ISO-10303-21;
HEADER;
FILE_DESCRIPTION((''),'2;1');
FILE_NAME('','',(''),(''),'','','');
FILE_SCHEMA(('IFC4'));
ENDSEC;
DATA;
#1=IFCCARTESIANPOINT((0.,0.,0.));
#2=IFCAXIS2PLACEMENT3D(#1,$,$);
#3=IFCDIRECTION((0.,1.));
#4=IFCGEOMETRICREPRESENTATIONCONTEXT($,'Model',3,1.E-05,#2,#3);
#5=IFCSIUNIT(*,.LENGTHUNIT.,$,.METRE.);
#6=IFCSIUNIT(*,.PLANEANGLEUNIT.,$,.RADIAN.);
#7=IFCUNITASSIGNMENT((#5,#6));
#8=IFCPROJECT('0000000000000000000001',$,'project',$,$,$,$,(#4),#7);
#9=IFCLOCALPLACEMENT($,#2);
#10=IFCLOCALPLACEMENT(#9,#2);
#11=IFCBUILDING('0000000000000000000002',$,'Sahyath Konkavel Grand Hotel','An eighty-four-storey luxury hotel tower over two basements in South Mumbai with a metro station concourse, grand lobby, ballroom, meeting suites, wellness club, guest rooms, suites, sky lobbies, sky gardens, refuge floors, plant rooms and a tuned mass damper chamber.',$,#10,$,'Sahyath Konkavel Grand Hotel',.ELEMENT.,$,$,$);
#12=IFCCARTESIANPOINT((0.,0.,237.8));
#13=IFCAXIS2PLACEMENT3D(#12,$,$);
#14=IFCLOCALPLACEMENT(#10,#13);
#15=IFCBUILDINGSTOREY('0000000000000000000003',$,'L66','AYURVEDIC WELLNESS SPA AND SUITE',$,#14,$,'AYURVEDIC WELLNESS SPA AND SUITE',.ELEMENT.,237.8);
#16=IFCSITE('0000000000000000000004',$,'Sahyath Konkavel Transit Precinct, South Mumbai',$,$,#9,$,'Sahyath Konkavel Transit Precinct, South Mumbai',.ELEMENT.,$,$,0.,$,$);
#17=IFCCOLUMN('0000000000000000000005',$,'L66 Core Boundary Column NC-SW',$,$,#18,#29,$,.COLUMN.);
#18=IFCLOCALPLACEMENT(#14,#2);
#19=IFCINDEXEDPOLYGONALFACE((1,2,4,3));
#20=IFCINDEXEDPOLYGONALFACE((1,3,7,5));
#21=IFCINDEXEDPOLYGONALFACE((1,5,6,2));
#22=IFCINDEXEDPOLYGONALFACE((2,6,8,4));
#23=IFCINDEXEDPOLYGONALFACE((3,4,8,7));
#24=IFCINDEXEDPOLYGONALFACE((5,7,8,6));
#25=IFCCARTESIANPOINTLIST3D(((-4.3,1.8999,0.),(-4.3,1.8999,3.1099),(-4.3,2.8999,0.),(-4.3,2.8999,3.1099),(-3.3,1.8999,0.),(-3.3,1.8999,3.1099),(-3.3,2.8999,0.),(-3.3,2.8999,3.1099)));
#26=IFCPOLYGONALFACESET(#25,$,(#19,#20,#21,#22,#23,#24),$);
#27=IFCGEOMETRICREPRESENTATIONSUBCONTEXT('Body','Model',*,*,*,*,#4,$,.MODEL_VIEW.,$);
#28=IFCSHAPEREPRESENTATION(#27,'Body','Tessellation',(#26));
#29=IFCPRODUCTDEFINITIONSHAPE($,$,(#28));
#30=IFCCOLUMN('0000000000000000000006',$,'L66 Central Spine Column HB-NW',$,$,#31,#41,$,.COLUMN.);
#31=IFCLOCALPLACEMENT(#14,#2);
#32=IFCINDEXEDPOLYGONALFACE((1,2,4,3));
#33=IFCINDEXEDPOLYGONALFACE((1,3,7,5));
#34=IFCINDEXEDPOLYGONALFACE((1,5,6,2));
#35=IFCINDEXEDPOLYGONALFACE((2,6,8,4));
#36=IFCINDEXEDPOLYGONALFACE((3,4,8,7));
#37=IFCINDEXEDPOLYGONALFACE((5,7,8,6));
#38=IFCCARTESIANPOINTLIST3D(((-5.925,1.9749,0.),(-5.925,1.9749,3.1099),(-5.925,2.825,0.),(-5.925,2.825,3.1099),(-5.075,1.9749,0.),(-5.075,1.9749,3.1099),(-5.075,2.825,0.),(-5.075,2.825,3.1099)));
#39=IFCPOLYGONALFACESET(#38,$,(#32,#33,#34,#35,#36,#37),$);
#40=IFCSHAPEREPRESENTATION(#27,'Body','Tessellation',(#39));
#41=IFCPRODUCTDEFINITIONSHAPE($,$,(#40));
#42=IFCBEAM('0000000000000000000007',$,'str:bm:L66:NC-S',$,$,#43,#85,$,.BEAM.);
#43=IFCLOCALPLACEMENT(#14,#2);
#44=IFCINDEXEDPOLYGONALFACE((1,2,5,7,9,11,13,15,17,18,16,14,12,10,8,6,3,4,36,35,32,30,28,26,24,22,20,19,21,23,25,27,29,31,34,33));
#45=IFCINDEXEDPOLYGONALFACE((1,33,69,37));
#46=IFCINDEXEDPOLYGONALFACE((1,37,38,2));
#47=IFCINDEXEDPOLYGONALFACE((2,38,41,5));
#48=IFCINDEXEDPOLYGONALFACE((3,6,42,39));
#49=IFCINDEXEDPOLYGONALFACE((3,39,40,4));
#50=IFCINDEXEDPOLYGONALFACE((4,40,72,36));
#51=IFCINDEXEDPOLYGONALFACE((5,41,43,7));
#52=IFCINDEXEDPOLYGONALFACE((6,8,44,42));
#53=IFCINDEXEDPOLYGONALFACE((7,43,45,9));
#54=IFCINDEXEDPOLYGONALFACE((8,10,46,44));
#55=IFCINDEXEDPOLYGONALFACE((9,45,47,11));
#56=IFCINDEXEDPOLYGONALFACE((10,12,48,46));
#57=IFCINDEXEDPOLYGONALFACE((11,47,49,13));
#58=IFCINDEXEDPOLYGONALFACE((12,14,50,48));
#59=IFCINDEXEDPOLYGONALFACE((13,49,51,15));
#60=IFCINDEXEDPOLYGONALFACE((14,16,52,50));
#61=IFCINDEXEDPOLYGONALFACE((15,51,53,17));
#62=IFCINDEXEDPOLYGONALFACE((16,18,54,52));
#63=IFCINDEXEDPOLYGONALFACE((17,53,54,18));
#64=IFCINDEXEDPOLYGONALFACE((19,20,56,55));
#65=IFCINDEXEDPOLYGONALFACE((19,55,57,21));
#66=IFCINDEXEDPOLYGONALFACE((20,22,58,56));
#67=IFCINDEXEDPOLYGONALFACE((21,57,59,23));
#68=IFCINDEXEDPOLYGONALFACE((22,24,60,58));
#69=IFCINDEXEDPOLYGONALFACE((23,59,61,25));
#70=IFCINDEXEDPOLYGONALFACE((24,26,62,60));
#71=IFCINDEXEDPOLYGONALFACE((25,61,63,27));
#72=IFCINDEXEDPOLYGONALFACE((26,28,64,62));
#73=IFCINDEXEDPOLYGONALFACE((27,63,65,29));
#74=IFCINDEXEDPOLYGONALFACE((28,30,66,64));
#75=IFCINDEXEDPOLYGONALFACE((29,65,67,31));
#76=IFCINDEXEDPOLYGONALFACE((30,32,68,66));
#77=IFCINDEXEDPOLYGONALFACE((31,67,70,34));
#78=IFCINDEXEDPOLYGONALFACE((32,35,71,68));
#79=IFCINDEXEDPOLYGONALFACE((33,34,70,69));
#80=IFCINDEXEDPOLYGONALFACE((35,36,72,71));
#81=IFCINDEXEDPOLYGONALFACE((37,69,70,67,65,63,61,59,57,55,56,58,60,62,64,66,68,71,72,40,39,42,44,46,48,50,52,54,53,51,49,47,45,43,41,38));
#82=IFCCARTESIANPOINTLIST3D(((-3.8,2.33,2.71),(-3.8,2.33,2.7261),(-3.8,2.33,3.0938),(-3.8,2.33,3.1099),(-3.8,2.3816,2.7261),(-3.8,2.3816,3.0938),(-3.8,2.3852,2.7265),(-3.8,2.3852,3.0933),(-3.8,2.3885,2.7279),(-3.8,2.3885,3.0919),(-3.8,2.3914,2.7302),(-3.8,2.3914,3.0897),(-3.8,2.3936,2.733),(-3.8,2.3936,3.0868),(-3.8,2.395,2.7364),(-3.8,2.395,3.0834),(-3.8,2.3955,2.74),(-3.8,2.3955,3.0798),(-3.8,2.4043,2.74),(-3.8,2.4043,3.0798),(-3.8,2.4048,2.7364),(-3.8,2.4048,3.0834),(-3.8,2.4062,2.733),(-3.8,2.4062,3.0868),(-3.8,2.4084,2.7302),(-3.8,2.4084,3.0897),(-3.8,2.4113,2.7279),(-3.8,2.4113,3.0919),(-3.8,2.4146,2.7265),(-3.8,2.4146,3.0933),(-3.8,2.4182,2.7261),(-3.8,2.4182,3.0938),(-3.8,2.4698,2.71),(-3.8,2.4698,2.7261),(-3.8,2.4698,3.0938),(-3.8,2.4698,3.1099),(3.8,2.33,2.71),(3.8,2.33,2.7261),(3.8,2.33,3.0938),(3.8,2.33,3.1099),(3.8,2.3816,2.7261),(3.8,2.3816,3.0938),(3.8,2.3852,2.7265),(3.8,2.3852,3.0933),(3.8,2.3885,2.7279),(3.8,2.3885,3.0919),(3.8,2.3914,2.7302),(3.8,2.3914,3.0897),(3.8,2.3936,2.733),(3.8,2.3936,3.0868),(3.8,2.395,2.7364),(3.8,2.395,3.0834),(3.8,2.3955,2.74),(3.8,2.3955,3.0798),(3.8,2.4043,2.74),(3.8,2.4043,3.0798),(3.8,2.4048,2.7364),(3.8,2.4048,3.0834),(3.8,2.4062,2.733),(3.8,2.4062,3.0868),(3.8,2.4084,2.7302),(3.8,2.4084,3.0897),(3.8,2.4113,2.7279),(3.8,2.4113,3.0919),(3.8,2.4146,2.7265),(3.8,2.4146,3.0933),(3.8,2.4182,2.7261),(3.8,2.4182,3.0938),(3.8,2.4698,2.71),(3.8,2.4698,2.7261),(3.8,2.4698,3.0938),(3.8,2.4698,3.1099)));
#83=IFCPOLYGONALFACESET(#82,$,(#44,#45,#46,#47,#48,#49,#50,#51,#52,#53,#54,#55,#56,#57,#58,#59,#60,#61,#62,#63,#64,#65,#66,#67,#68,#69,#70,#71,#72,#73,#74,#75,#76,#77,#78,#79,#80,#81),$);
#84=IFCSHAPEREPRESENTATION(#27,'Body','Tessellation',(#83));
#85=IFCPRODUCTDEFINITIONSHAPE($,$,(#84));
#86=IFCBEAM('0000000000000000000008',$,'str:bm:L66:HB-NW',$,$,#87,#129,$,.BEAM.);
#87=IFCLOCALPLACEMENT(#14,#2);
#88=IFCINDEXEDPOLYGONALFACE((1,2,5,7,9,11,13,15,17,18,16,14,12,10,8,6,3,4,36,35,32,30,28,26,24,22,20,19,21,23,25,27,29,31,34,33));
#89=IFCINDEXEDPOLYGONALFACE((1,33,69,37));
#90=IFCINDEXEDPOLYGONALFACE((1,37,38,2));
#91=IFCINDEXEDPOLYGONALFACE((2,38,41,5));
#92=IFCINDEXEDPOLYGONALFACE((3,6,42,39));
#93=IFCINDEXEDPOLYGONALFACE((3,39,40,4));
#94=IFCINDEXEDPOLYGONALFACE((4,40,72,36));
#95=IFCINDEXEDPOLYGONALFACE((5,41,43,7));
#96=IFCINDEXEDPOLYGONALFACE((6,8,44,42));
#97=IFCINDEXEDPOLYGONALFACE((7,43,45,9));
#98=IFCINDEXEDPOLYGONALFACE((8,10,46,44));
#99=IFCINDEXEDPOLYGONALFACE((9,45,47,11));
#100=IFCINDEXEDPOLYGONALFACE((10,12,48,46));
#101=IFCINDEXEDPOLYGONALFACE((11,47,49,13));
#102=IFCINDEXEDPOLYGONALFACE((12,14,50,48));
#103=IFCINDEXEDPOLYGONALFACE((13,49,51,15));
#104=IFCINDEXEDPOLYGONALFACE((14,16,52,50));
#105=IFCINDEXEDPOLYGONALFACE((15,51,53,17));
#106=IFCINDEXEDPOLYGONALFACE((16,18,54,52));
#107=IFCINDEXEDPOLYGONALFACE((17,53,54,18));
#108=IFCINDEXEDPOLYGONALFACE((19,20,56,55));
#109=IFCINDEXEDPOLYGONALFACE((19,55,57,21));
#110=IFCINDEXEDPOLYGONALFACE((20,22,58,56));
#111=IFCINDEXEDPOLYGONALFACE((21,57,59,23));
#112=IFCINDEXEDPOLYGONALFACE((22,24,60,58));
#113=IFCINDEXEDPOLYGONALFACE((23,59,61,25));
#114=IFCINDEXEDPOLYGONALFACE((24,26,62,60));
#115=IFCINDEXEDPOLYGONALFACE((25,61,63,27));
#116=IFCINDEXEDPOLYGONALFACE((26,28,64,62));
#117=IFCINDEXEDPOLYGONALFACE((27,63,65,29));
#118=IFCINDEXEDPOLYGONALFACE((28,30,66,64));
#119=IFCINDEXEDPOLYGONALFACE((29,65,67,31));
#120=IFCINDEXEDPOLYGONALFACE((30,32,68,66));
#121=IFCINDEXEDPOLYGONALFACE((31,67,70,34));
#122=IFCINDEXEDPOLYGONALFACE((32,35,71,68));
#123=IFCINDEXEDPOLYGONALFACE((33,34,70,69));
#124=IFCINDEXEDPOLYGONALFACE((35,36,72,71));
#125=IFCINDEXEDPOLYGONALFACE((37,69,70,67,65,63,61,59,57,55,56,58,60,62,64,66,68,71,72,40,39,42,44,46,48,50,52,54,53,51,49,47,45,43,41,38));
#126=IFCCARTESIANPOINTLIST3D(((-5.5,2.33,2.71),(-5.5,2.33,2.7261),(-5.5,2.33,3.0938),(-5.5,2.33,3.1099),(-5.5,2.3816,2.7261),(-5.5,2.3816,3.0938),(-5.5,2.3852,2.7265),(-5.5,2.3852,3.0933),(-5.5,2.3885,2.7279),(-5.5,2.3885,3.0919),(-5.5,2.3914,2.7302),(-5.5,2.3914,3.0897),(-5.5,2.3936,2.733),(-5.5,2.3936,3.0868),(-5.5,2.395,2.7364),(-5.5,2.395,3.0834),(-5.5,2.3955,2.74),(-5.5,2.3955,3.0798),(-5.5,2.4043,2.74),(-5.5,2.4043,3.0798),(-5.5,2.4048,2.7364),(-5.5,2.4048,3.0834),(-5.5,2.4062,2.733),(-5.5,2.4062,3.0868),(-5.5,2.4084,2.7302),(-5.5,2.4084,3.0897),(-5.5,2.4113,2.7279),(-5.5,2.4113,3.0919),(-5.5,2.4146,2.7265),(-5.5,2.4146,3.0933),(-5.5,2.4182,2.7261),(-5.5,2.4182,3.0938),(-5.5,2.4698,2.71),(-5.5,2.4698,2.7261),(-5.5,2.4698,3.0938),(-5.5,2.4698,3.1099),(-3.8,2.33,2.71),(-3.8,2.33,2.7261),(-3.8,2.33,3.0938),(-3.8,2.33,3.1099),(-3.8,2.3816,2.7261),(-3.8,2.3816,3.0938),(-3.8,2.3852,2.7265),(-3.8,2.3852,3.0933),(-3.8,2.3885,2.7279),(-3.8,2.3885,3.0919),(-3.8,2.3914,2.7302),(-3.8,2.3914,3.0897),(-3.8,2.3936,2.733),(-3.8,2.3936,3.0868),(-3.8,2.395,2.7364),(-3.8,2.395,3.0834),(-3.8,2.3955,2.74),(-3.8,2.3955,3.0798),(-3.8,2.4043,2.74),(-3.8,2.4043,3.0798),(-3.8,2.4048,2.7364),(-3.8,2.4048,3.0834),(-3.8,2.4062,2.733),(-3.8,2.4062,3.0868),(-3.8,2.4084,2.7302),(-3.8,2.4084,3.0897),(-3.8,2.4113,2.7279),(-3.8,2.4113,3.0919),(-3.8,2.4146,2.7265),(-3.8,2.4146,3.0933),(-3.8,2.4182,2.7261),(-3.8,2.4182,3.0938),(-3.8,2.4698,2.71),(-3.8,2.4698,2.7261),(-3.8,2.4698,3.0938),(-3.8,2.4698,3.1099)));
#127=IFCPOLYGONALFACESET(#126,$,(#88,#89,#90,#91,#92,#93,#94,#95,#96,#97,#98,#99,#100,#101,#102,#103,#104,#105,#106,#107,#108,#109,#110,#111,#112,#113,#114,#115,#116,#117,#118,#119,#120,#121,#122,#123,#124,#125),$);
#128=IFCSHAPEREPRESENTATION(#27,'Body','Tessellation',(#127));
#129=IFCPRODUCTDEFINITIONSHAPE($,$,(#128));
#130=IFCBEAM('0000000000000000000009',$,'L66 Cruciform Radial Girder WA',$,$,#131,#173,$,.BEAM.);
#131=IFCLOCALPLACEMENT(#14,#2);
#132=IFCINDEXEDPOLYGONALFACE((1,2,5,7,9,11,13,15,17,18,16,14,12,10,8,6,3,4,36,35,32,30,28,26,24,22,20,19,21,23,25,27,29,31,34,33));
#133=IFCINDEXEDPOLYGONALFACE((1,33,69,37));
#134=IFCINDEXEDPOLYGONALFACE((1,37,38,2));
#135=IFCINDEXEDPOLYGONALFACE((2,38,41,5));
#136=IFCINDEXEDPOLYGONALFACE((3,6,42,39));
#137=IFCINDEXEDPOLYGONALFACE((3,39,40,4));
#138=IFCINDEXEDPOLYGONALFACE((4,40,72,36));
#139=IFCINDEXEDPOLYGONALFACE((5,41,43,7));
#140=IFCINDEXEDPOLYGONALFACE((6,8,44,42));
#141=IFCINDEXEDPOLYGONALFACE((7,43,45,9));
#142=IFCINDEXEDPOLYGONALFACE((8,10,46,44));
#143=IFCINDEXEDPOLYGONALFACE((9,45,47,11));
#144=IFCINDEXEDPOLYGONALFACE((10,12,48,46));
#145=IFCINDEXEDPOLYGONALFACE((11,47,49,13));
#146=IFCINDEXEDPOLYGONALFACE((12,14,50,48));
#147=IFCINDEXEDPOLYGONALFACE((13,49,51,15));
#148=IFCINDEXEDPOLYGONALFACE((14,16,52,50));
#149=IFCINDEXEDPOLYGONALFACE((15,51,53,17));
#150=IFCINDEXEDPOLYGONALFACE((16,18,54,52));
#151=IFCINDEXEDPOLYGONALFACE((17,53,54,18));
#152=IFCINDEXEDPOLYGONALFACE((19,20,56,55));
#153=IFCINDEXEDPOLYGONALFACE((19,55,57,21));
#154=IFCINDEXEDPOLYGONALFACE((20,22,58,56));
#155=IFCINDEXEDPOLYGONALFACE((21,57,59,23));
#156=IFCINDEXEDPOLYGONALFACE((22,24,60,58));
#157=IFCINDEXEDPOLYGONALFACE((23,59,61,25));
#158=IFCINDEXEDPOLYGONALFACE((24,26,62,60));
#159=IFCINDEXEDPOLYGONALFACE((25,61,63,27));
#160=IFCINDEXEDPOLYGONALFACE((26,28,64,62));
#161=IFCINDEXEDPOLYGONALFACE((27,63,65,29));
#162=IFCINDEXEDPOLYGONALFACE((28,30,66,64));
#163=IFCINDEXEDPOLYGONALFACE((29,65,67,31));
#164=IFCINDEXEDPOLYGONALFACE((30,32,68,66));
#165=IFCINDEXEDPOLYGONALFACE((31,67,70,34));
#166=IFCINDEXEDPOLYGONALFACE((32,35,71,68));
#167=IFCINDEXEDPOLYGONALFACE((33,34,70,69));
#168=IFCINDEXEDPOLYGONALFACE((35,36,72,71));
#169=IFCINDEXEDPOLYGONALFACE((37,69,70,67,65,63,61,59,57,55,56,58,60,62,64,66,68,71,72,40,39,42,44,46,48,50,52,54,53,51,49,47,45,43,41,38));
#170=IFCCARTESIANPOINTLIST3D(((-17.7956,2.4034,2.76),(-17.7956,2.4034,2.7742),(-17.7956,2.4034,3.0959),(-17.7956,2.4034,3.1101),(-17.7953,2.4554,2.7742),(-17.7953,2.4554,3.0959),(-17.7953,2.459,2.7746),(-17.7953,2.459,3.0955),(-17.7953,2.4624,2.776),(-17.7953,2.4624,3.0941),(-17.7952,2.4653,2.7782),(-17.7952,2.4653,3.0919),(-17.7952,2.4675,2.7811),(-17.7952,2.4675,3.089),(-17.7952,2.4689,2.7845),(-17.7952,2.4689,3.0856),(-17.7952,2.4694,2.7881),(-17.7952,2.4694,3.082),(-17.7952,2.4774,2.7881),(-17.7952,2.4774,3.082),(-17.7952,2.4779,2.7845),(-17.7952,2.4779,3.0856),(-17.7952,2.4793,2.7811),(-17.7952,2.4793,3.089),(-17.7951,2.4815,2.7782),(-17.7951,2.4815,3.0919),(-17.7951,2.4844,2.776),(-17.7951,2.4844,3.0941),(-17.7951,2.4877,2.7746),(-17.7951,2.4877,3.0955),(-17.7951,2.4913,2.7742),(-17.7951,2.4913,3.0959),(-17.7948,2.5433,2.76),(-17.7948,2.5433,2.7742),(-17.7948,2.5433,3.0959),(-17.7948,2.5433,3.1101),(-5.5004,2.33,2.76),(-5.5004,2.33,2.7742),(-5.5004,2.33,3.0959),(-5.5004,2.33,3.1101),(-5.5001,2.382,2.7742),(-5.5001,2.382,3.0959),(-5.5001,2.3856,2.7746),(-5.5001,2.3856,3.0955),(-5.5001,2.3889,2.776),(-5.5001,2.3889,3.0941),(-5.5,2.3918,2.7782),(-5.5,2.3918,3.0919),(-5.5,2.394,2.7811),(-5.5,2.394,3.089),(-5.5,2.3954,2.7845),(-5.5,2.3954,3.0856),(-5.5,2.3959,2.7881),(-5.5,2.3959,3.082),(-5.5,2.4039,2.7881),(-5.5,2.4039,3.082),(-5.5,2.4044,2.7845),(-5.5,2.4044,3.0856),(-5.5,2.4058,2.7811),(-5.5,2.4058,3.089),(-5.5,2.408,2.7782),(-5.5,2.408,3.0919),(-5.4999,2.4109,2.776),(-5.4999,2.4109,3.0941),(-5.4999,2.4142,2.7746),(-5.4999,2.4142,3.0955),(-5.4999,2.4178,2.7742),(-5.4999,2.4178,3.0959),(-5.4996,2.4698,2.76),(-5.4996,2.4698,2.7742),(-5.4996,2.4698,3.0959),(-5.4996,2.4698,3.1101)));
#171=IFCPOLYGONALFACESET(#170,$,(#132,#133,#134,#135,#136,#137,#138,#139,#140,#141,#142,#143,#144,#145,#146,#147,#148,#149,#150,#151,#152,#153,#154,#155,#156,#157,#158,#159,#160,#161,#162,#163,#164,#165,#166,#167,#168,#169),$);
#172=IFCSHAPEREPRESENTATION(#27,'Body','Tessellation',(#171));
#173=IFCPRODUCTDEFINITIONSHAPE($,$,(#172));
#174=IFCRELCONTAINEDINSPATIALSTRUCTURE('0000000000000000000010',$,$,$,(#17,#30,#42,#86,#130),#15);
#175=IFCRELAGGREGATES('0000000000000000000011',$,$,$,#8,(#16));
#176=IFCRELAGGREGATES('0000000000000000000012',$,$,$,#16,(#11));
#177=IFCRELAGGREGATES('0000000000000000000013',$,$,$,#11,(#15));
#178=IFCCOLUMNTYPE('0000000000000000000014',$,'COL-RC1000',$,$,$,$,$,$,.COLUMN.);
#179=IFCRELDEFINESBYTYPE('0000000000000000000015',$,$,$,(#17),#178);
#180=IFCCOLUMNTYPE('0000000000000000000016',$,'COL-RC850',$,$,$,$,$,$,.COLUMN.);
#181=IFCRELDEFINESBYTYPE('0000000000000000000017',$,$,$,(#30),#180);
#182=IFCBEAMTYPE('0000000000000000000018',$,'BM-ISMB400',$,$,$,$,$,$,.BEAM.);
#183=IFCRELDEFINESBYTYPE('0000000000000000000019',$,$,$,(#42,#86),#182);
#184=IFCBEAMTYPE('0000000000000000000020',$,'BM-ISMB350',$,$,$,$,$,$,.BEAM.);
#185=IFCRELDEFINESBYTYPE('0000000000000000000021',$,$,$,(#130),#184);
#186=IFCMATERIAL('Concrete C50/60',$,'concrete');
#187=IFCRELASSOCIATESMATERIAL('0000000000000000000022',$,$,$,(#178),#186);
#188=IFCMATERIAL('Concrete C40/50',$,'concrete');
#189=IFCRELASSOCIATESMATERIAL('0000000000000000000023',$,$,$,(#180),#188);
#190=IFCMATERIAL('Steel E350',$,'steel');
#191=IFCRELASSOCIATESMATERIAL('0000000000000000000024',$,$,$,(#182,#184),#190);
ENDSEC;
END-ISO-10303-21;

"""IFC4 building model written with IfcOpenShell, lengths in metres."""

from ifc_helpers import new_model, si_unit, direction, frame, origin, origin_2d, place, context, subcontext, project, spatial, rectangle, i_section, extrude, source, transform, mapped, material, material_profile, profile_set, type_object, element, save


model = new_model("IFC4")

# Units and contexts
model_context = context("Model", 3, precision=1e-05, world=origin(), true_north=direction((0.0, 1.0)))
body_context = subcontext(model_context, "Body", "Model", "MODEL_VIEW")
ifc_project = project(units=[si_unit("LENGTHUNIT", "METRE"), si_unit("PLANEANGLEUNIT", "RADIAN")], contexts=[model_context])

# Site, building, storey
site_placement = place(None, origin())
site = spatial("IfcSite", under=ifc_project, at=site_placement, Name="Sahyath Konkavel Transit Precinct, South Mumbai", LongName="Sahyath Konkavel Transit Precinct, South Mumbai", CompositionType="ELEMENT", RefElevation=0.0)
building_placement = place(site_placement, origin())
building = spatial("IfcBuilding", under=site, at=building_placement, Name="Sahyath Konkavel Grand Hotel", Description="An eighty-four-storey luxury hotel tower over two basements in South Mumbai with a metro station concourse, grand lobby, ballroom, meeting suites, wellness club, guest rooms, suites, sky lobbies, sky gardens, refuge floors, plant rooms and a tuned mass damper chamber.", LongName="Sahyath Konkavel Grand Hotel", CompositionType="ELEMENT")
storey_placement = place(building_placement, frame((0.0, 0.0, 237.8)))
storey = spatial("IfcBuildingStorey", under=building, at=storey_placement, Name="L66", Description="AYURVEDIC WELLNESS SPA AND SUITE", LongName="AYURVEDIC WELLNESS SPA AND SUITE", CompositionType="ELEMENT", Elevation=237.8)

# Columns
ifc_material_1 = material(Name="Concrete C50/60", Category="concrete")
ifc_material_profile_1 = material_profile(ifc_material_1, rectangle(XDim=1.0, YDim=1.0, at=origin_2d()), Name="RC 1000x1000")
ifc_profile_set_1 = profile_set([ifc_material_profile_1], Name="Concrete C50/60")
column_type_1 = type_object("IfcColumnType", Name="COL-RC1000", PredefinedType="COLUMN", material=ifc_profile_set_1)
shared_shape_1 = source(origin(), body_context, "Body", "SweptSolid", [
    extrude(rectangle(XDim=1.0, YDim=1.0, at=origin_2d()), origin(), (0.0, 0.0, 1.0), 3.1099),
])
column_1_placement = place(storey_placement, frame((-3.8, 2.3999, 0.0), z_axis=(0.0, 0.0, 1.0), x_axis=(1.0, 0.0, 0.0)))
element("IfcColumn", 1, at=column_1_placement, inside=storey, type_object=column_type_1, Name="L66 Core Boundary Column NC-SW", PredefinedType="COLUMN", context=body_context, shape_type="MappedRepresentation", body=[
    mapped(shared_shape_1, transform((0.0, 0.0, 0.0), scale=1.0)),
])
ifc_material_2 = material(Name="Concrete C40/50", Category="concrete")
ifc_material_profile_2 = material_profile(ifc_material_2, rectangle(XDim=0.8501, YDim=0.8501, at=origin_2d()), Name="RC 850x850")
ifc_profile_set_2 = profile_set([ifc_material_profile_2], Name="Concrete C40/50")
column_type_2 = type_object("IfcColumnType", Name="COL-RC850", PredefinedType="COLUMN", material=ifc_profile_set_2)
shared_shape_2 = source(origin(), body_context, "Body", "SweptSolid", [
    extrude(rectangle(XDim=0.8501, YDim=0.8501, at=origin_2d()), origin(), (0.0, 0.0, 1.0), 3.1099),
])
column_2_placement = place(storey_placement, frame((-5.5, 2.3999, 0.0), z_axis=(0.0, 0.0, 1.0), x_axis=(1.0, 0.0, 0.0)))
element("IfcColumn", 2, at=column_2_placement, inside=storey, type_object=column_type_2, Name="L66 Central Spine Column HB-NW", PredefinedType="COLUMN", context=body_context, shape_type="MappedRepresentation", body=[
    mapped(shared_shape_2, transform((0.0, 0.0, 0.0), scale=1.0)),
])

# Beams
ifc_material_3 = material(Name="Steel E350", Category="steel")
ifc_material_profile_3 = material_profile(ifc_material_3, i_section(OverallWidth=0.1399, OverallDepth=0.3999, WebThickness=0.0088, FlangeThickness=0.0161, FilletRadius=0.0139, at=origin_2d()), Name="ISMB 400")
ifc_profile_set_3 = profile_set([ifc_material_profile_3], Name="Steel E350")
beam_type_1 = type_object("IfcBeamType", Name="BM-ISMB400", PredefinedType="BEAM", material=ifc_profile_set_3)
shared_shape_3 = source(origin(), body_context, "Body", "SweptSolid", [
    extrude(i_section(OverallWidth=0.1399, OverallDepth=0.3999, WebThickness=0.0088, FlangeThickness=0.0161, FilletRadius=0.0139, at=origin_2d()), origin(), (0.0, 0.0, 1.0), 7.6001),
])
beam_1_placement = place(storey_placement, frame((-3.8, 2.3999, 2.9099), z_axis=(1.0, 0.0, 0.0), x_axis=(0.0, 1.0, 0.0)))
element("IfcBeam", 3, at=beam_1_placement, inside=storey, type_object=beam_type_1, Name="str:bm:L66:NC-S", PredefinedType="BEAM", context=body_context, shape_type="MappedRepresentation", body=[
    mapped(shared_shape_3, transform((0.0, 0.0, 0.0), scale=1.0)),
])
shared_shape_4 = source(origin(), body_context, "Body", "SweptSolid", [
    extrude(i_section(OverallWidth=0.1399, OverallDepth=0.3999, WebThickness=0.0088, FlangeThickness=0.0161, FilletRadius=0.0139, at=origin_2d()), origin(), (0.0, 0.0, 1.0), 1.7),
])
beam_2_placement = place(storey_placement, frame((-5.5, 2.3999, 2.9099), z_axis=(1.0, 0.0, 0.0), x_axis=(0.0, 1.0, 0.0)))
element("IfcBeam", 4, at=beam_2_placement, inside=storey, type_object=beam_type_1, Name="str:bm:L66:HB-NW", PredefinedType="BEAM", context=body_context, shape_type="MappedRepresentation", body=[
    mapped(shared_shape_4, transform((0.0, 0.0, 0.0), scale=1.0)),
])
ifc_material_profile_4 = material_profile(ifc_material_3, i_section(OverallWidth=0.1399, OverallDepth=0.3501, WebThickness=0.0081, FlangeThickness=0.0142, FilletRadius=0.0139, at=origin_2d()), Name="ISMB 350")
ifc_profile_set_4 = profile_set([ifc_material_profile_4], Name="Steel E350")
beam_type_2 = type_object("IfcBeamType", Name="BM-ISMB350", PredefinedType="BEAM", material=ifc_profile_set_4)
shared_shape_5 = source(origin(), body_context, "Body", "SweptSolid", [
    extrude(i_section(OverallWidth=0.1399, OverallDepth=0.3501, WebThickness=0.0081, FlangeThickness=0.0142, FilletRadius=0.0139, at=origin_2d()), origin(), (0.0, 0.0, 1.0), 12.2954),
])
beam_3_placement = place(storey_placement, frame((-5.5, 2.3999, 2.9351), z_axis=(-0.999982, 0.005977, 0.0), x_axis=(-0.005977, -0.999982, 0.0)))
element("IfcBeam", 5, at=beam_3_placement, inside=storey, type_object=beam_type_2, Name="L66 Cruciform Radial Girder WA", PredefinedType="BEAM", context=body_context, shape_type="MappedRepresentation", body=[
    mapped(shared_shape_5, transform((0.0, 0.0, 0.0), scale=1.0)),
])

save(model, "model.ifc")
